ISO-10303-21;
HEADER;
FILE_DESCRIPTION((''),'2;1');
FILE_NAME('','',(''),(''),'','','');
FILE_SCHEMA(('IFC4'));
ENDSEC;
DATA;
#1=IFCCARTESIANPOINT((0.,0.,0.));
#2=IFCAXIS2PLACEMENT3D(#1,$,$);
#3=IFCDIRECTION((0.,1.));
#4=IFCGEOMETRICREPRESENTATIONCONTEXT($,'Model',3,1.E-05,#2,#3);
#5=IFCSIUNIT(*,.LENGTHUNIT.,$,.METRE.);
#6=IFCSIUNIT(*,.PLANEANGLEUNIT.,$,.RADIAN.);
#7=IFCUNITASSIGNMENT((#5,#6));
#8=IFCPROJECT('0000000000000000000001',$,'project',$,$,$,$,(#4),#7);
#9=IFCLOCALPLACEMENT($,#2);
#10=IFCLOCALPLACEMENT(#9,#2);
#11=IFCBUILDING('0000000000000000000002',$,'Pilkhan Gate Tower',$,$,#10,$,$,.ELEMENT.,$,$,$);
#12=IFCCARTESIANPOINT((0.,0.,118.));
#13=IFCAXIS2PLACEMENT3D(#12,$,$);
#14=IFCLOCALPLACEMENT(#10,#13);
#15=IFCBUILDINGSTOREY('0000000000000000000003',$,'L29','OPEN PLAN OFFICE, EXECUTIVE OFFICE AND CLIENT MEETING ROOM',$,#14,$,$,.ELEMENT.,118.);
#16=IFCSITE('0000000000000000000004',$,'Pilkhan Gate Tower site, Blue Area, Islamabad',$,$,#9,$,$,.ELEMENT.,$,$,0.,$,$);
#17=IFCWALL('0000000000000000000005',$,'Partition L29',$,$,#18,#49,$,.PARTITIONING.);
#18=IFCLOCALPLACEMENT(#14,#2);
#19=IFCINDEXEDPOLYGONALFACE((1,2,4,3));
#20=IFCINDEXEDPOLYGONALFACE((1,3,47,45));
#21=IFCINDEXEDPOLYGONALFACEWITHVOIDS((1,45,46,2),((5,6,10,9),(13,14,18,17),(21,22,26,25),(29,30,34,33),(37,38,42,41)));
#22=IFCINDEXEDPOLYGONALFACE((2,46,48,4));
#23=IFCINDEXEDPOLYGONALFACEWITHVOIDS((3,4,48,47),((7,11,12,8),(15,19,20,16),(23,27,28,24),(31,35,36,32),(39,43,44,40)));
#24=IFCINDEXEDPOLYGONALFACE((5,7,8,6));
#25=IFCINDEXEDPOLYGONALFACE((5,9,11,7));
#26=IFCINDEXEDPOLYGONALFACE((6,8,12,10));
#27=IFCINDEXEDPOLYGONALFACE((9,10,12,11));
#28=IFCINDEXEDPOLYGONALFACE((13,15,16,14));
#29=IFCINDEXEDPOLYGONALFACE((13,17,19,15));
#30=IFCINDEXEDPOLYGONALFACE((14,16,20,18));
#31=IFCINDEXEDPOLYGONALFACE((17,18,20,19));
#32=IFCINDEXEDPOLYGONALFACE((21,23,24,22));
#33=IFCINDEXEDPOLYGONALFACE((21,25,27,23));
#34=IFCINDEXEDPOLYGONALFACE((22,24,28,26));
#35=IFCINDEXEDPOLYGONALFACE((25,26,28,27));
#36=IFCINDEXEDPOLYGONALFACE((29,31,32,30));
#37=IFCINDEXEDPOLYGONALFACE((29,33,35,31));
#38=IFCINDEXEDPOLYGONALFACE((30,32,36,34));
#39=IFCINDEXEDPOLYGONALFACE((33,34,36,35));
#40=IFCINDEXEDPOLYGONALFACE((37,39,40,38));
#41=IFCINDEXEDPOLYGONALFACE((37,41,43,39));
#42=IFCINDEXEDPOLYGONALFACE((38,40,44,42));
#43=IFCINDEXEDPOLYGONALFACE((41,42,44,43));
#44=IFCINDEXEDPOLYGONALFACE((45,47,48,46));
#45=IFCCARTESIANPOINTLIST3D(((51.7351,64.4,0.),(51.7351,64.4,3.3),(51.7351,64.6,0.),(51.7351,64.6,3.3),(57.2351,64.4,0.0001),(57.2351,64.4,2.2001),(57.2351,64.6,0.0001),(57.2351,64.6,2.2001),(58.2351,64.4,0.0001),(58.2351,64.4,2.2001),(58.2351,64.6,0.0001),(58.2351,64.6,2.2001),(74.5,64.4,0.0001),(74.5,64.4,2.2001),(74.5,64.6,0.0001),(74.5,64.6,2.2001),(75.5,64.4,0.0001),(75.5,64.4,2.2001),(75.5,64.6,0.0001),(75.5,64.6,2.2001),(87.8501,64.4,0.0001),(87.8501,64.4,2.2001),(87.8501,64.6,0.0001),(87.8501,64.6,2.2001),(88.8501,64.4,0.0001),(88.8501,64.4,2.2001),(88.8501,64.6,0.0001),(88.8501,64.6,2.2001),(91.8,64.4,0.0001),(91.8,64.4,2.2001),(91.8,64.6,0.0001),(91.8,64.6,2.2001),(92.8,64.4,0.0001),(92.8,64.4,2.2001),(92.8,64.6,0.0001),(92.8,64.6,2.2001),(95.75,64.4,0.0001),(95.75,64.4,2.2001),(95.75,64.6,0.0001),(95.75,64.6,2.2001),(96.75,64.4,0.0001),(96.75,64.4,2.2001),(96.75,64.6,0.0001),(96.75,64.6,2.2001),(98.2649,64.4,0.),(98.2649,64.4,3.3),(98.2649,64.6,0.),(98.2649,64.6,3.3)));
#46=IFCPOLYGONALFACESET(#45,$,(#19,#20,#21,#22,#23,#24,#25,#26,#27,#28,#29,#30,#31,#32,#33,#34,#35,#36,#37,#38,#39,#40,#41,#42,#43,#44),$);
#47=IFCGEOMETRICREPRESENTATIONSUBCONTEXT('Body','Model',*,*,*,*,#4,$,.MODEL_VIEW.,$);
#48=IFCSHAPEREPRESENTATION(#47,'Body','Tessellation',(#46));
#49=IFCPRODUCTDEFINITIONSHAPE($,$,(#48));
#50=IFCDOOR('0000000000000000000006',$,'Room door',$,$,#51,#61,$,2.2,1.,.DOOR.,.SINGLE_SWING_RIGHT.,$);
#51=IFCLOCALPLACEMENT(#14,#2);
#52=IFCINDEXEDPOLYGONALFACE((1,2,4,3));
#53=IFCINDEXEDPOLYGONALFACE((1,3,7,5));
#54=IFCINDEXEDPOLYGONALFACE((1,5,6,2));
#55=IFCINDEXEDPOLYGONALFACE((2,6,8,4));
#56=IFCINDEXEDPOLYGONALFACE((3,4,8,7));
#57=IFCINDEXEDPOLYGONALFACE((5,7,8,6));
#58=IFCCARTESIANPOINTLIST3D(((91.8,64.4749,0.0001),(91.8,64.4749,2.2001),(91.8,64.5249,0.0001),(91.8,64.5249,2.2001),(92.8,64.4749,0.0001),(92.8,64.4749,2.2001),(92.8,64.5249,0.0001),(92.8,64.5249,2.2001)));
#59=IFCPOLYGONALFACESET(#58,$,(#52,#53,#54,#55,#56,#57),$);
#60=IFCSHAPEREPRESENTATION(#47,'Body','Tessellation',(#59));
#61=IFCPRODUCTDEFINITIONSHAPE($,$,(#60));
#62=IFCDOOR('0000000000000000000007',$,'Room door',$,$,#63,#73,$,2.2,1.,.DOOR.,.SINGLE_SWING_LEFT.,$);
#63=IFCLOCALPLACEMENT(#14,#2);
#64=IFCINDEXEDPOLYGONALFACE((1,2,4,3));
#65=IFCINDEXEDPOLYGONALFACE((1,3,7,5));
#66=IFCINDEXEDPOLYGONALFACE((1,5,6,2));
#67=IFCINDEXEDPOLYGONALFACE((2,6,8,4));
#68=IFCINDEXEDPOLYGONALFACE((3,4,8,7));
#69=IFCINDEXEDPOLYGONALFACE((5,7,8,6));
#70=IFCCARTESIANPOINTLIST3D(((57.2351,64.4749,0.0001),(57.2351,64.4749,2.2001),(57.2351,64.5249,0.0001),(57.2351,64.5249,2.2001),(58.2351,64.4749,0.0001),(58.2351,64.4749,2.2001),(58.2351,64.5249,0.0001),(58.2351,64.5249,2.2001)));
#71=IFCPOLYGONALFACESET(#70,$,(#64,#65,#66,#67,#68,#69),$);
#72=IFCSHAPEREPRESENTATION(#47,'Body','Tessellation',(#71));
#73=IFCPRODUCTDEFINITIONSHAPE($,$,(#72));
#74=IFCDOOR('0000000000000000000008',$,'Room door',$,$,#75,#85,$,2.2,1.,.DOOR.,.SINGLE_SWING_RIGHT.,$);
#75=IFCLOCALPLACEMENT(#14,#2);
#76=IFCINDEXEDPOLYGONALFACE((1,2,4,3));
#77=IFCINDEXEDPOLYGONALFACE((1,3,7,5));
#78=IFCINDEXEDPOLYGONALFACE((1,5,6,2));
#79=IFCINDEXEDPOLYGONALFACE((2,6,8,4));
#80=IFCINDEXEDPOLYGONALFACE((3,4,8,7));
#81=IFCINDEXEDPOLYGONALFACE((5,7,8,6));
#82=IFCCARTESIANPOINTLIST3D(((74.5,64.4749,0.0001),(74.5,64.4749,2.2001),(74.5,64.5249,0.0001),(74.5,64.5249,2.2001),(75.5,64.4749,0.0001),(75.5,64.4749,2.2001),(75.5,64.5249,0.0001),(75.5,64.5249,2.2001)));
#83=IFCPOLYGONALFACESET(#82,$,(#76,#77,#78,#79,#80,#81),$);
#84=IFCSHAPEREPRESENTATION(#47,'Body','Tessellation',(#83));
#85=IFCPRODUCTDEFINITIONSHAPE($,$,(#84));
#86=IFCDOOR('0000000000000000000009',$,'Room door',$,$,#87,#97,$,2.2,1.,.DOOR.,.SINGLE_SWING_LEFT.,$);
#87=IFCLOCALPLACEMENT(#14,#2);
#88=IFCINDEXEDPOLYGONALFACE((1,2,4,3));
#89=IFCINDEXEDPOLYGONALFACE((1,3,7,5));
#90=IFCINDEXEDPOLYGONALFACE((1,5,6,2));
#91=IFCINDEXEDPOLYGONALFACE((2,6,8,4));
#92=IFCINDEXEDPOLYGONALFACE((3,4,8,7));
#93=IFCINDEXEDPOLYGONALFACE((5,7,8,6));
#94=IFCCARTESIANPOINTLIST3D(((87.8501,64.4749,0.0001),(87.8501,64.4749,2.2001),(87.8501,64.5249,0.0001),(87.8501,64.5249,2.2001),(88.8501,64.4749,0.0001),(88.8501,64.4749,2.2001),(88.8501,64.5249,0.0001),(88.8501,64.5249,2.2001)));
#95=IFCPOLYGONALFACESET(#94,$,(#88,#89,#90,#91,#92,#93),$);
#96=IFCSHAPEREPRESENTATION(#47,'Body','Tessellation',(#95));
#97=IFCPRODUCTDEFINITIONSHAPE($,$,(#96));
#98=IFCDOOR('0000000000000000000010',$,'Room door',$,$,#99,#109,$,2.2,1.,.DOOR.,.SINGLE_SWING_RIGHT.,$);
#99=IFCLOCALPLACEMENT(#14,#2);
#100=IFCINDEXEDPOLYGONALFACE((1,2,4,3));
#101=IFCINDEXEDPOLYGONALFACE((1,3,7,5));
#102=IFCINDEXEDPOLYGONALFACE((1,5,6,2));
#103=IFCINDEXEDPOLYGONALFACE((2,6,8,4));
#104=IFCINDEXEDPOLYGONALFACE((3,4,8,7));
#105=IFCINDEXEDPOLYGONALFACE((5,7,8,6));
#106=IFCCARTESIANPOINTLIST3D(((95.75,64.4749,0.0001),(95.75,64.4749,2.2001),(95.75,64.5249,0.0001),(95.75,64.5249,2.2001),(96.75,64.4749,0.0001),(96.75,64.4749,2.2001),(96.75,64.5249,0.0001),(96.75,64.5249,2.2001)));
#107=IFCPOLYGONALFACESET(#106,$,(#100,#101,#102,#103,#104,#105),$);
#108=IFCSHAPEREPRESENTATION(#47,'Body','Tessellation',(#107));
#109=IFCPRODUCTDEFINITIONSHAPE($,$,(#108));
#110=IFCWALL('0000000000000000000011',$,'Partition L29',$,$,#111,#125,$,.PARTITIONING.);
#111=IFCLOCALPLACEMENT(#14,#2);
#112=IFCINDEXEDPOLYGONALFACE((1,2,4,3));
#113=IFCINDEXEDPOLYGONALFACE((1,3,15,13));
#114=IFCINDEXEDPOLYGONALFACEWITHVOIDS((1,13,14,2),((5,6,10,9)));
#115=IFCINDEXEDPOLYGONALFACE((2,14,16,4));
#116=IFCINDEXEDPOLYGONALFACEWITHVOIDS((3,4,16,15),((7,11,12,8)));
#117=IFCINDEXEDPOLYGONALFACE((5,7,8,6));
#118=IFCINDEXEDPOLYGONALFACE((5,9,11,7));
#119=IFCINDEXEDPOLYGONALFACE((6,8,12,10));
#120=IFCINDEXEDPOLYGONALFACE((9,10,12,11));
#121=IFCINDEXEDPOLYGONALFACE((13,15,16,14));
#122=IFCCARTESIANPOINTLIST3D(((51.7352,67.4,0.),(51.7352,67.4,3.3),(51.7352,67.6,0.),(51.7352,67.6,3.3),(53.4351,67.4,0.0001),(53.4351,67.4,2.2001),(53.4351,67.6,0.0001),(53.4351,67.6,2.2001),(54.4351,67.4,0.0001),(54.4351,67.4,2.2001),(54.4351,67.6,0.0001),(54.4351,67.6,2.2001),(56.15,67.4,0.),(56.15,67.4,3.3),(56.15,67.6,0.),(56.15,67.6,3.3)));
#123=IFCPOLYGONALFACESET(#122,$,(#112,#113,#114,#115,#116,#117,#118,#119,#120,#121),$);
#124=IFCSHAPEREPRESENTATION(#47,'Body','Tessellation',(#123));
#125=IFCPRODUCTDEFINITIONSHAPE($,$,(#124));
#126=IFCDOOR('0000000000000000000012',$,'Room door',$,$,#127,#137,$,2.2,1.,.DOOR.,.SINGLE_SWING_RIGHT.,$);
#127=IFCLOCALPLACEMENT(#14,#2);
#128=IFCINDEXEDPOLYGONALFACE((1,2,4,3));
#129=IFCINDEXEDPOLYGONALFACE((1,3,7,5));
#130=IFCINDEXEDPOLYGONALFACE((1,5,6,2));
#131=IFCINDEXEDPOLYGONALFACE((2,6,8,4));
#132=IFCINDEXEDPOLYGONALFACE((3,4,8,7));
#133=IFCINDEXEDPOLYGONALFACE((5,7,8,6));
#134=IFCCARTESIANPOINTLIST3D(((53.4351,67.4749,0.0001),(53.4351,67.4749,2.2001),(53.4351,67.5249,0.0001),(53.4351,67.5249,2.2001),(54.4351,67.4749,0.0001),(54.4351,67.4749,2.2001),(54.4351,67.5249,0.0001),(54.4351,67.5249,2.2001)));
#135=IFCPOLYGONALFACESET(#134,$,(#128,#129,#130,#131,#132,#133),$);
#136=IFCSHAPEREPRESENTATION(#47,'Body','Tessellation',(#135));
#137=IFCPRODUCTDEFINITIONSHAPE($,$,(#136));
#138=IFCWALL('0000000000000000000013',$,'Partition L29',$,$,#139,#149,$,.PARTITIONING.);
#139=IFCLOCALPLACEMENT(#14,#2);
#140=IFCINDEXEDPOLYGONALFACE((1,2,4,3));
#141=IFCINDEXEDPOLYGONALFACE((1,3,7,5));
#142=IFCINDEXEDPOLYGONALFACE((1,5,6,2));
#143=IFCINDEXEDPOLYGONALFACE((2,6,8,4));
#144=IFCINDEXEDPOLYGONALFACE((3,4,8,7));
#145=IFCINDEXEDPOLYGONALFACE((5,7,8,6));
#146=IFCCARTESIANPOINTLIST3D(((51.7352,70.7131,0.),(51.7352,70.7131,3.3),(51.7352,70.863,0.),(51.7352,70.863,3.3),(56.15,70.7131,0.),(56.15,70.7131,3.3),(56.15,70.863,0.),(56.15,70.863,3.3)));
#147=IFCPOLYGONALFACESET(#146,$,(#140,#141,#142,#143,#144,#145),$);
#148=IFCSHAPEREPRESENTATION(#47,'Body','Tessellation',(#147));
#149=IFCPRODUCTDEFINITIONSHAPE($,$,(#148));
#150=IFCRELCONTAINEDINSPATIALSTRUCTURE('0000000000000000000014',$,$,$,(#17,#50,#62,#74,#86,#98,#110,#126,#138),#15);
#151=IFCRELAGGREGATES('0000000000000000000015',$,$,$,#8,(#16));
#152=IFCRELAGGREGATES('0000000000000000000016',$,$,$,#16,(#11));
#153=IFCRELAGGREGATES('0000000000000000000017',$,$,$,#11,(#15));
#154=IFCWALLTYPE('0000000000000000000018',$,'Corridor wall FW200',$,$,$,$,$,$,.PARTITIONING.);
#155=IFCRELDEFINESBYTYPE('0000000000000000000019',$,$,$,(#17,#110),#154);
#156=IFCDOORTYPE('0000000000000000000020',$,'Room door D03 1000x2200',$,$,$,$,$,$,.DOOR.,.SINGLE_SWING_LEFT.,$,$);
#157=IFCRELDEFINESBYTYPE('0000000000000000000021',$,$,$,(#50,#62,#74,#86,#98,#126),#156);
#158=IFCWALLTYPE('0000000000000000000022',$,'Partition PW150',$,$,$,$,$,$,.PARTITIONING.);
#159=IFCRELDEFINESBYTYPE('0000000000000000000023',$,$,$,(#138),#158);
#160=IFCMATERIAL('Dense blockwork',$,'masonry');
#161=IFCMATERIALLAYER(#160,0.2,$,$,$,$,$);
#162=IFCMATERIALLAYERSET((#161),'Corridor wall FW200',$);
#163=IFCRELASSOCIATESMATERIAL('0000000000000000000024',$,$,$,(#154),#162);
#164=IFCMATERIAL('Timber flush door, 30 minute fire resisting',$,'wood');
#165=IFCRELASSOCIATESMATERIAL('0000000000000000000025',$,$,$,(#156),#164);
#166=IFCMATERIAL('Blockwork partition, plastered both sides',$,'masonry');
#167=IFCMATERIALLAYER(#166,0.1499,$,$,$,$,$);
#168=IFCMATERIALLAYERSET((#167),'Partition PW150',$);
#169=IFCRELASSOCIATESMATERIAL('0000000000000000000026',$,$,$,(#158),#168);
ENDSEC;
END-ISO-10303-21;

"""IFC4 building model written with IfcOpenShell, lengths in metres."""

from ifc_helpers import new_model, si_unit, direction, frame, frame_2d, origin, place, context, subcontext, project, spatial, rectangle, extrude, material, layer, layer_set, type_object, element, fill, save


model = new_model("IFC4")

# Units and contexts
model_context = context("Model", 3, precision=1e-05, world=origin(), true_north=direction((0.0, 1.0)))
body_context = subcontext(model_context, "Body", "Model", "MODEL_VIEW")
ifc_project = project(units=[si_unit("LENGTHUNIT", "METRE"), si_unit("PLANEANGLEUNIT", "RADIAN")], contexts=[model_context])

# Site, building, storey
site_placement = place(None, origin())
site = spatial("IfcSite", under=ifc_project, at=site_placement, Name="Pilkhan Gate Tower site, Blue Area, Islamabad", CompositionType="ELEMENT", RefElevation=0.0)
building_placement = place(site_placement, origin())
building = spatial("IfcBuilding", under=site, at=building_placement, Name="Pilkhan Gate Tower", CompositionType="ELEMENT")
storey_placement = place(building_placement, frame((0.0, 0.0, 118.0)))
storey = spatial("IfcBuildingStorey", under=building, at=storey_placement, Name="L29", Description="OPEN PLAN OFFICE, EXECUTIVE OFFICE AND CLIENT MEETING ROOM", CompositionType="ELEMENT", Elevation=118.0)

# Wall, openings, doors
ifc_material_1 = material(Name="Dense blockwork", Category="masonry")
ifc_layer_1 = layer(ifc_material_1, 0.2)
ifc_layer_set_1 = layer_set([ifc_layer_1], Name="Corridor wall FW200")
wall_type_1 = type_object("IfcWallType", Name="Corridor wall FW200", PredefinedType="PARTITIONING", material=ifc_layer_set_1)
wall_1_placement = place(storey_placement, frame((51.7351, 64.5, 0.0), z_axis=(0.0, 0.0, 1.0), x_axis=(1.0, 0.0, 0.0)))
wall_1 = element("IfcWall", 1, at=wall_1_placement, inside=storey, type_object=wall_type_1, Name="Partition L29", PredefinedType="PARTITIONING", context=body_context, shape_type="SweptSolid", body=[
    extrude(rectangle(XDim=46.5298, YDim=0.2, at=frame_2d((23.2649, 0.0))), origin(), (0.0, 0.0, 1.0), 3.3),
])
opening_1_placement = place(wall_1_placement, frame((40.0649, 0.0, 0.0)))
opening_1 = element("IfcOpeningElement", 2, at=opening_1_placement, cuts=wall_1, PredefinedType="OPENING", context=body_context, shape_type="SweptSolid", body=[
    extrude(rectangle(XDim=1.0, YDim=2.2, at=frame_2d((0.5, 1.1001))), frame((0.0, 0.1099, 0.0), z_axis=(0.0, -1.0, 0.0), x_axis=(1.0, 0.0, 0.0)), (0.0, 0.0, 1.0), 0.22),
])
opening_2_placement = place(wall_1_placement, frame((5.5, 0.0, 0.0)))
opening_2 = element("IfcOpeningElement", 3, at=opening_2_placement, cuts=wall_1, PredefinedType="OPENING", context=body_context, shape_type="SweptSolid", body=[
    extrude(rectangle(XDim=1.0, YDim=2.2, at=frame_2d((0.5, 1.1001))), frame((0.0, 0.1099, 0.0), z_axis=(0.0, -1.0, 0.0), x_axis=(1.0, 0.0, 0.0)), (0.0, 0.0, 1.0), 0.22),
])
opening_3_placement = place(wall_1_placement, frame((22.7649, 0.0, 0.0)))
opening_3 = element("IfcOpeningElement", 4, at=opening_3_placement, cuts=wall_1, PredefinedType="OPENING", context=body_context, shape_type="SweptSolid", body=[
    extrude(rectangle(XDim=1.0, YDim=2.2, at=frame_2d((0.5, 1.1001))), frame((0.0, 0.1099, 0.0), z_axis=(0.0, -1.0, 0.0), x_axis=(1.0, 0.0, 0.0)), (0.0, 0.0, 1.0), 0.22),
])
opening_4_placement = place(wall_1_placement, frame((36.115, 0.0, 0.0)))
opening_4 = element("IfcOpeningElement", 5, at=opening_4_placement, cuts=wall_1, PredefinedType="OPENING", context=body_context, shape_type="SweptSolid", body=[
    extrude(rectangle(XDim=1.0, YDim=2.2, at=frame_2d((0.5, 1.1001))), frame((0.0, 0.1099, 0.0), z_axis=(0.0, -1.0, 0.0), x_axis=(1.0, 0.0, 0.0)), (0.0, 0.0, 1.0), 0.22),
])
opening_5_placement = place(wall_1_placement, frame((44.0149, 0.0, 0.0)))
opening_5 = element("IfcOpeningElement", 6, at=opening_5_placement, cuts=wall_1, PredefinedType="OPENING", context=body_context, shape_type="SweptSolid", body=[
    extrude(rectangle(XDim=1.0, YDim=2.2, at=frame_2d((0.5, 1.1001))), frame((0.0, 0.1099, 0.0), z_axis=(0.0, -1.0, 0.0), x_axis=(1.0, 0.0, 0.0)), (0.0, 0.0, 1.0), 0.22),
])
ifc_material_2 = material(Name="Timber flush door, 30 minute fire resisting", Category="wood")
door_type = type_object("IfcDoorType", Name="Room door D03 1000x2200", OperationType="SINGLE_SWING_LEFT", PredefinedType="DOOR", material=ifc_material_2)
door_1_placement = place(opening_1_placement, origin())
door_1 = element("IfcDoor", 7, at=door_1_placement, inside=storey, type_object=door_type, Name="Room door", OperationType="SINGLE_SWING_RIGHT", OverallHeight=2.2, OverallWidth=1.0, PredefinedType="DOOR", context=body_context, shape_type="SweptSolid", body=[
    extrude(rectangle(XDim=1.0, YDim=2.2, at=frame_2d((0.5, 1.1001))), frame((0.0, 0.0249, 0.0), z_axis=(0.0, -1.0, 0.0), x_axis=(1.0, 0.0, 0.0)), (0.0, 0.0, 1.0), 0.05),
])
fill(opening_1, door_1)
door_2_placement = place(opening_2_placement, origin())
door_2 = element("IfcDoor", 8, at=door_2_placement, inside=storey, type_object=door_type, Name="Room door", OperationType="SINGLE_SWING_LEFT", OverallHeight=2.2, OverallWidth=1.0, PredefinedType="DOOR", context=body_context, shape_type="SweptSolid", body=[
    extrude(rectangle(XDim=1.0, YDim=2.2, at=frame_2d((0.5, 1.1001))), frame((0.0, 0.0249, 0.0), z_axis=(0.0, -1.0, 0.0), x_axis=(1.0, 0.0, 0.0)), (0.0, 0.0, 1.0), 0.05),
])
fill(opening_2, door_2)
door_3_placement = place(opening_3_placement, origin())
door_3 = element("IfcDoor", 9, at=door_3_placement, inside=storey, type_object=door_type, Name="Room door", OperationType="SINGLE_SWING_RIGHT", OverallHeight=2.2, OverallWidth=1.0, PredefinedType="DOOR", context=body_context, shape_type="SweptSolid", body=[
    extrude(rectangle(XDim=1.0, YDim=2.2, at=frame_2d((0.5, 1.1001))), frame((0.0, 0.0249, 0.0), z_axis=(0.0, -1.0, 0.0), x_axis=(1.0, 0.0, 0.0)), (0.0, 0.0, 1.0), 0.05),
])
fill(opening_3, door_3)
door_4_placement = place(opening_4_placement, origin())
door_4 = element("IfcDoor", 10, at=door_4_placement, inside=storey, type_object=door_type, Name="Room door", OperationType="SINGLE_SWING_LEFT", OverallHeight=2.2, OverallWidth=1.0, PredefinedType="DOOR", context=body_context, shape_type="SweptSolid", body=[
    extrude(rectangle(XDim=1.0, YDim=2.2, at=frame_2d((0.5, 1.1001))), frame((0.0, 0.0249, 0.0), z_axis=(0.0, -1.0, 0.0), x_axis=(1.0, 0.0, 0.0)), (0.0, 0.0, 1.0), 0.05),
])
fill(opening_4, door_4)
door_5_placement = place(opening_5_placement, origin())
door_5 = element("IfcDoor", 11, at=door_5_placement, inside=storey, type_object=door_type, Name="Room door", OperationType="SINGLE_SWING_RIGHT", OverallHeight=2.2, OverallWidth=1.0, PredefinedType="DOOR", context=body_context, shape_type="SweptSolid", body=[
    extrude(rectangle(XDim=1.0, YDim=2.2, at=frame_2d((0.5, 1.1001))), frame((0.0, 0.0249, 0.0), z_axis=(0.0, -1.0, 0.0), x_axis=(1.0, 0.0, 0.0)), (0.0, 0.0, 1.0), 0.05),
])
fill(opening_5, door_5)

# Wall, opening, door
wall_2_placement = place(storey_placement, frame((51.7351, 67.5, 0.0), z_axis=(0.0, 0.0, 1.0), x_axis=(1.0, 0.0, 0.0)))
wall_2 = element("IfcWall", 12, at=wall_2_placement, inside=storey, type_object=wall_type_1, Name="Partition L29", PredefinedType="PARTITIONING", context=body_context, shape_type="SweptSolid", body=[
    extrude(rectangle(XDim=4.4148, YDim=0.2, at=frame_2d((2.2075, 0.0))), origin(), (0.0, 0.0, 1.0), 3.3),
])
opening_6_placement = place(wall_2_placement, frame((1.7, 0.0, 0.0)))
opening_6 = element("IfcOpeningElement", 13, at=opening_6_placement, cuts=wall_2, PredefinedType="OPENING", context=body_context, shape_type="SweptSolid", body=[
    extrude(rectangle(XDim=1.0, YDim=2.2, at=frame_2d((0.5, 1.1001))), frame((0.0, 0.1099, 0.0), z_axis=(0.0, -1.0, 0.0), x_axis=(1.0, 0.0, 0.0)), (0.0, 0.0, 1.0), 0.22),
])
door_6_placement = place(opening_6_placement, origin())
door_6 = element("IfcDoor", 14, at=door_6_placement, inside=storey, type_object=door_type, Name="Room door", OperationType="SINGLE_SWING_RIGHT", OverallHeight=2.2, OverallWidth=1.0, PredefinedType="DOOR", context=body_context, shape_type="SweptSolid", body=[
    extrude(rectangle(XDim=1.0, YDim=2.2, at=frame_2d((0.5, 1.1001))), frame((0.0, 0.0249, 0.0), z_axis=(0.0, -1.0, 0.0), x_axis=(1.0, 0.0, 0.0)), (0.0, 0.0, 1.0), 0.05),
])
fill(opening_6, door_6)

# Wall
ifc_material_3 = material(Name="Blockwork partition, plastered both sides", Category="masonry")
ifc_layer_2 = layer(ifc_material_3, 0.1499)
ifc_layer_set_2 = layer_set([ifc_layer_2], Name="Partition PW150")
wall_type_2 = type_object("IfcWallType", Name="Partition PW150", PredefinedType="PARTITIONING", material=ifc_layer_set_2)
wall_3_placement = place(storey_placement, frame((51.7351, 70.7881, 0.0), z_axis=(0.0, 0.0, 1.0), x_axis=(1.0, 0.0, 0.0)))
element("IfcWall", 15, at=wall_3_placement, inside=storey, type_object=wall_type_2, Name="Partition L29", PredefinedType="PARTITIONING", context=body_context, shape_type="SweptSolid", body=[
    extrude(rectangle(XDim=4.4148, YDim=0.1499, at=frame_2d((2.2075, 0.0))), origin(), (0.0, 0.0, 1.0), 3.3),
])

save(model, "model.ifc")
